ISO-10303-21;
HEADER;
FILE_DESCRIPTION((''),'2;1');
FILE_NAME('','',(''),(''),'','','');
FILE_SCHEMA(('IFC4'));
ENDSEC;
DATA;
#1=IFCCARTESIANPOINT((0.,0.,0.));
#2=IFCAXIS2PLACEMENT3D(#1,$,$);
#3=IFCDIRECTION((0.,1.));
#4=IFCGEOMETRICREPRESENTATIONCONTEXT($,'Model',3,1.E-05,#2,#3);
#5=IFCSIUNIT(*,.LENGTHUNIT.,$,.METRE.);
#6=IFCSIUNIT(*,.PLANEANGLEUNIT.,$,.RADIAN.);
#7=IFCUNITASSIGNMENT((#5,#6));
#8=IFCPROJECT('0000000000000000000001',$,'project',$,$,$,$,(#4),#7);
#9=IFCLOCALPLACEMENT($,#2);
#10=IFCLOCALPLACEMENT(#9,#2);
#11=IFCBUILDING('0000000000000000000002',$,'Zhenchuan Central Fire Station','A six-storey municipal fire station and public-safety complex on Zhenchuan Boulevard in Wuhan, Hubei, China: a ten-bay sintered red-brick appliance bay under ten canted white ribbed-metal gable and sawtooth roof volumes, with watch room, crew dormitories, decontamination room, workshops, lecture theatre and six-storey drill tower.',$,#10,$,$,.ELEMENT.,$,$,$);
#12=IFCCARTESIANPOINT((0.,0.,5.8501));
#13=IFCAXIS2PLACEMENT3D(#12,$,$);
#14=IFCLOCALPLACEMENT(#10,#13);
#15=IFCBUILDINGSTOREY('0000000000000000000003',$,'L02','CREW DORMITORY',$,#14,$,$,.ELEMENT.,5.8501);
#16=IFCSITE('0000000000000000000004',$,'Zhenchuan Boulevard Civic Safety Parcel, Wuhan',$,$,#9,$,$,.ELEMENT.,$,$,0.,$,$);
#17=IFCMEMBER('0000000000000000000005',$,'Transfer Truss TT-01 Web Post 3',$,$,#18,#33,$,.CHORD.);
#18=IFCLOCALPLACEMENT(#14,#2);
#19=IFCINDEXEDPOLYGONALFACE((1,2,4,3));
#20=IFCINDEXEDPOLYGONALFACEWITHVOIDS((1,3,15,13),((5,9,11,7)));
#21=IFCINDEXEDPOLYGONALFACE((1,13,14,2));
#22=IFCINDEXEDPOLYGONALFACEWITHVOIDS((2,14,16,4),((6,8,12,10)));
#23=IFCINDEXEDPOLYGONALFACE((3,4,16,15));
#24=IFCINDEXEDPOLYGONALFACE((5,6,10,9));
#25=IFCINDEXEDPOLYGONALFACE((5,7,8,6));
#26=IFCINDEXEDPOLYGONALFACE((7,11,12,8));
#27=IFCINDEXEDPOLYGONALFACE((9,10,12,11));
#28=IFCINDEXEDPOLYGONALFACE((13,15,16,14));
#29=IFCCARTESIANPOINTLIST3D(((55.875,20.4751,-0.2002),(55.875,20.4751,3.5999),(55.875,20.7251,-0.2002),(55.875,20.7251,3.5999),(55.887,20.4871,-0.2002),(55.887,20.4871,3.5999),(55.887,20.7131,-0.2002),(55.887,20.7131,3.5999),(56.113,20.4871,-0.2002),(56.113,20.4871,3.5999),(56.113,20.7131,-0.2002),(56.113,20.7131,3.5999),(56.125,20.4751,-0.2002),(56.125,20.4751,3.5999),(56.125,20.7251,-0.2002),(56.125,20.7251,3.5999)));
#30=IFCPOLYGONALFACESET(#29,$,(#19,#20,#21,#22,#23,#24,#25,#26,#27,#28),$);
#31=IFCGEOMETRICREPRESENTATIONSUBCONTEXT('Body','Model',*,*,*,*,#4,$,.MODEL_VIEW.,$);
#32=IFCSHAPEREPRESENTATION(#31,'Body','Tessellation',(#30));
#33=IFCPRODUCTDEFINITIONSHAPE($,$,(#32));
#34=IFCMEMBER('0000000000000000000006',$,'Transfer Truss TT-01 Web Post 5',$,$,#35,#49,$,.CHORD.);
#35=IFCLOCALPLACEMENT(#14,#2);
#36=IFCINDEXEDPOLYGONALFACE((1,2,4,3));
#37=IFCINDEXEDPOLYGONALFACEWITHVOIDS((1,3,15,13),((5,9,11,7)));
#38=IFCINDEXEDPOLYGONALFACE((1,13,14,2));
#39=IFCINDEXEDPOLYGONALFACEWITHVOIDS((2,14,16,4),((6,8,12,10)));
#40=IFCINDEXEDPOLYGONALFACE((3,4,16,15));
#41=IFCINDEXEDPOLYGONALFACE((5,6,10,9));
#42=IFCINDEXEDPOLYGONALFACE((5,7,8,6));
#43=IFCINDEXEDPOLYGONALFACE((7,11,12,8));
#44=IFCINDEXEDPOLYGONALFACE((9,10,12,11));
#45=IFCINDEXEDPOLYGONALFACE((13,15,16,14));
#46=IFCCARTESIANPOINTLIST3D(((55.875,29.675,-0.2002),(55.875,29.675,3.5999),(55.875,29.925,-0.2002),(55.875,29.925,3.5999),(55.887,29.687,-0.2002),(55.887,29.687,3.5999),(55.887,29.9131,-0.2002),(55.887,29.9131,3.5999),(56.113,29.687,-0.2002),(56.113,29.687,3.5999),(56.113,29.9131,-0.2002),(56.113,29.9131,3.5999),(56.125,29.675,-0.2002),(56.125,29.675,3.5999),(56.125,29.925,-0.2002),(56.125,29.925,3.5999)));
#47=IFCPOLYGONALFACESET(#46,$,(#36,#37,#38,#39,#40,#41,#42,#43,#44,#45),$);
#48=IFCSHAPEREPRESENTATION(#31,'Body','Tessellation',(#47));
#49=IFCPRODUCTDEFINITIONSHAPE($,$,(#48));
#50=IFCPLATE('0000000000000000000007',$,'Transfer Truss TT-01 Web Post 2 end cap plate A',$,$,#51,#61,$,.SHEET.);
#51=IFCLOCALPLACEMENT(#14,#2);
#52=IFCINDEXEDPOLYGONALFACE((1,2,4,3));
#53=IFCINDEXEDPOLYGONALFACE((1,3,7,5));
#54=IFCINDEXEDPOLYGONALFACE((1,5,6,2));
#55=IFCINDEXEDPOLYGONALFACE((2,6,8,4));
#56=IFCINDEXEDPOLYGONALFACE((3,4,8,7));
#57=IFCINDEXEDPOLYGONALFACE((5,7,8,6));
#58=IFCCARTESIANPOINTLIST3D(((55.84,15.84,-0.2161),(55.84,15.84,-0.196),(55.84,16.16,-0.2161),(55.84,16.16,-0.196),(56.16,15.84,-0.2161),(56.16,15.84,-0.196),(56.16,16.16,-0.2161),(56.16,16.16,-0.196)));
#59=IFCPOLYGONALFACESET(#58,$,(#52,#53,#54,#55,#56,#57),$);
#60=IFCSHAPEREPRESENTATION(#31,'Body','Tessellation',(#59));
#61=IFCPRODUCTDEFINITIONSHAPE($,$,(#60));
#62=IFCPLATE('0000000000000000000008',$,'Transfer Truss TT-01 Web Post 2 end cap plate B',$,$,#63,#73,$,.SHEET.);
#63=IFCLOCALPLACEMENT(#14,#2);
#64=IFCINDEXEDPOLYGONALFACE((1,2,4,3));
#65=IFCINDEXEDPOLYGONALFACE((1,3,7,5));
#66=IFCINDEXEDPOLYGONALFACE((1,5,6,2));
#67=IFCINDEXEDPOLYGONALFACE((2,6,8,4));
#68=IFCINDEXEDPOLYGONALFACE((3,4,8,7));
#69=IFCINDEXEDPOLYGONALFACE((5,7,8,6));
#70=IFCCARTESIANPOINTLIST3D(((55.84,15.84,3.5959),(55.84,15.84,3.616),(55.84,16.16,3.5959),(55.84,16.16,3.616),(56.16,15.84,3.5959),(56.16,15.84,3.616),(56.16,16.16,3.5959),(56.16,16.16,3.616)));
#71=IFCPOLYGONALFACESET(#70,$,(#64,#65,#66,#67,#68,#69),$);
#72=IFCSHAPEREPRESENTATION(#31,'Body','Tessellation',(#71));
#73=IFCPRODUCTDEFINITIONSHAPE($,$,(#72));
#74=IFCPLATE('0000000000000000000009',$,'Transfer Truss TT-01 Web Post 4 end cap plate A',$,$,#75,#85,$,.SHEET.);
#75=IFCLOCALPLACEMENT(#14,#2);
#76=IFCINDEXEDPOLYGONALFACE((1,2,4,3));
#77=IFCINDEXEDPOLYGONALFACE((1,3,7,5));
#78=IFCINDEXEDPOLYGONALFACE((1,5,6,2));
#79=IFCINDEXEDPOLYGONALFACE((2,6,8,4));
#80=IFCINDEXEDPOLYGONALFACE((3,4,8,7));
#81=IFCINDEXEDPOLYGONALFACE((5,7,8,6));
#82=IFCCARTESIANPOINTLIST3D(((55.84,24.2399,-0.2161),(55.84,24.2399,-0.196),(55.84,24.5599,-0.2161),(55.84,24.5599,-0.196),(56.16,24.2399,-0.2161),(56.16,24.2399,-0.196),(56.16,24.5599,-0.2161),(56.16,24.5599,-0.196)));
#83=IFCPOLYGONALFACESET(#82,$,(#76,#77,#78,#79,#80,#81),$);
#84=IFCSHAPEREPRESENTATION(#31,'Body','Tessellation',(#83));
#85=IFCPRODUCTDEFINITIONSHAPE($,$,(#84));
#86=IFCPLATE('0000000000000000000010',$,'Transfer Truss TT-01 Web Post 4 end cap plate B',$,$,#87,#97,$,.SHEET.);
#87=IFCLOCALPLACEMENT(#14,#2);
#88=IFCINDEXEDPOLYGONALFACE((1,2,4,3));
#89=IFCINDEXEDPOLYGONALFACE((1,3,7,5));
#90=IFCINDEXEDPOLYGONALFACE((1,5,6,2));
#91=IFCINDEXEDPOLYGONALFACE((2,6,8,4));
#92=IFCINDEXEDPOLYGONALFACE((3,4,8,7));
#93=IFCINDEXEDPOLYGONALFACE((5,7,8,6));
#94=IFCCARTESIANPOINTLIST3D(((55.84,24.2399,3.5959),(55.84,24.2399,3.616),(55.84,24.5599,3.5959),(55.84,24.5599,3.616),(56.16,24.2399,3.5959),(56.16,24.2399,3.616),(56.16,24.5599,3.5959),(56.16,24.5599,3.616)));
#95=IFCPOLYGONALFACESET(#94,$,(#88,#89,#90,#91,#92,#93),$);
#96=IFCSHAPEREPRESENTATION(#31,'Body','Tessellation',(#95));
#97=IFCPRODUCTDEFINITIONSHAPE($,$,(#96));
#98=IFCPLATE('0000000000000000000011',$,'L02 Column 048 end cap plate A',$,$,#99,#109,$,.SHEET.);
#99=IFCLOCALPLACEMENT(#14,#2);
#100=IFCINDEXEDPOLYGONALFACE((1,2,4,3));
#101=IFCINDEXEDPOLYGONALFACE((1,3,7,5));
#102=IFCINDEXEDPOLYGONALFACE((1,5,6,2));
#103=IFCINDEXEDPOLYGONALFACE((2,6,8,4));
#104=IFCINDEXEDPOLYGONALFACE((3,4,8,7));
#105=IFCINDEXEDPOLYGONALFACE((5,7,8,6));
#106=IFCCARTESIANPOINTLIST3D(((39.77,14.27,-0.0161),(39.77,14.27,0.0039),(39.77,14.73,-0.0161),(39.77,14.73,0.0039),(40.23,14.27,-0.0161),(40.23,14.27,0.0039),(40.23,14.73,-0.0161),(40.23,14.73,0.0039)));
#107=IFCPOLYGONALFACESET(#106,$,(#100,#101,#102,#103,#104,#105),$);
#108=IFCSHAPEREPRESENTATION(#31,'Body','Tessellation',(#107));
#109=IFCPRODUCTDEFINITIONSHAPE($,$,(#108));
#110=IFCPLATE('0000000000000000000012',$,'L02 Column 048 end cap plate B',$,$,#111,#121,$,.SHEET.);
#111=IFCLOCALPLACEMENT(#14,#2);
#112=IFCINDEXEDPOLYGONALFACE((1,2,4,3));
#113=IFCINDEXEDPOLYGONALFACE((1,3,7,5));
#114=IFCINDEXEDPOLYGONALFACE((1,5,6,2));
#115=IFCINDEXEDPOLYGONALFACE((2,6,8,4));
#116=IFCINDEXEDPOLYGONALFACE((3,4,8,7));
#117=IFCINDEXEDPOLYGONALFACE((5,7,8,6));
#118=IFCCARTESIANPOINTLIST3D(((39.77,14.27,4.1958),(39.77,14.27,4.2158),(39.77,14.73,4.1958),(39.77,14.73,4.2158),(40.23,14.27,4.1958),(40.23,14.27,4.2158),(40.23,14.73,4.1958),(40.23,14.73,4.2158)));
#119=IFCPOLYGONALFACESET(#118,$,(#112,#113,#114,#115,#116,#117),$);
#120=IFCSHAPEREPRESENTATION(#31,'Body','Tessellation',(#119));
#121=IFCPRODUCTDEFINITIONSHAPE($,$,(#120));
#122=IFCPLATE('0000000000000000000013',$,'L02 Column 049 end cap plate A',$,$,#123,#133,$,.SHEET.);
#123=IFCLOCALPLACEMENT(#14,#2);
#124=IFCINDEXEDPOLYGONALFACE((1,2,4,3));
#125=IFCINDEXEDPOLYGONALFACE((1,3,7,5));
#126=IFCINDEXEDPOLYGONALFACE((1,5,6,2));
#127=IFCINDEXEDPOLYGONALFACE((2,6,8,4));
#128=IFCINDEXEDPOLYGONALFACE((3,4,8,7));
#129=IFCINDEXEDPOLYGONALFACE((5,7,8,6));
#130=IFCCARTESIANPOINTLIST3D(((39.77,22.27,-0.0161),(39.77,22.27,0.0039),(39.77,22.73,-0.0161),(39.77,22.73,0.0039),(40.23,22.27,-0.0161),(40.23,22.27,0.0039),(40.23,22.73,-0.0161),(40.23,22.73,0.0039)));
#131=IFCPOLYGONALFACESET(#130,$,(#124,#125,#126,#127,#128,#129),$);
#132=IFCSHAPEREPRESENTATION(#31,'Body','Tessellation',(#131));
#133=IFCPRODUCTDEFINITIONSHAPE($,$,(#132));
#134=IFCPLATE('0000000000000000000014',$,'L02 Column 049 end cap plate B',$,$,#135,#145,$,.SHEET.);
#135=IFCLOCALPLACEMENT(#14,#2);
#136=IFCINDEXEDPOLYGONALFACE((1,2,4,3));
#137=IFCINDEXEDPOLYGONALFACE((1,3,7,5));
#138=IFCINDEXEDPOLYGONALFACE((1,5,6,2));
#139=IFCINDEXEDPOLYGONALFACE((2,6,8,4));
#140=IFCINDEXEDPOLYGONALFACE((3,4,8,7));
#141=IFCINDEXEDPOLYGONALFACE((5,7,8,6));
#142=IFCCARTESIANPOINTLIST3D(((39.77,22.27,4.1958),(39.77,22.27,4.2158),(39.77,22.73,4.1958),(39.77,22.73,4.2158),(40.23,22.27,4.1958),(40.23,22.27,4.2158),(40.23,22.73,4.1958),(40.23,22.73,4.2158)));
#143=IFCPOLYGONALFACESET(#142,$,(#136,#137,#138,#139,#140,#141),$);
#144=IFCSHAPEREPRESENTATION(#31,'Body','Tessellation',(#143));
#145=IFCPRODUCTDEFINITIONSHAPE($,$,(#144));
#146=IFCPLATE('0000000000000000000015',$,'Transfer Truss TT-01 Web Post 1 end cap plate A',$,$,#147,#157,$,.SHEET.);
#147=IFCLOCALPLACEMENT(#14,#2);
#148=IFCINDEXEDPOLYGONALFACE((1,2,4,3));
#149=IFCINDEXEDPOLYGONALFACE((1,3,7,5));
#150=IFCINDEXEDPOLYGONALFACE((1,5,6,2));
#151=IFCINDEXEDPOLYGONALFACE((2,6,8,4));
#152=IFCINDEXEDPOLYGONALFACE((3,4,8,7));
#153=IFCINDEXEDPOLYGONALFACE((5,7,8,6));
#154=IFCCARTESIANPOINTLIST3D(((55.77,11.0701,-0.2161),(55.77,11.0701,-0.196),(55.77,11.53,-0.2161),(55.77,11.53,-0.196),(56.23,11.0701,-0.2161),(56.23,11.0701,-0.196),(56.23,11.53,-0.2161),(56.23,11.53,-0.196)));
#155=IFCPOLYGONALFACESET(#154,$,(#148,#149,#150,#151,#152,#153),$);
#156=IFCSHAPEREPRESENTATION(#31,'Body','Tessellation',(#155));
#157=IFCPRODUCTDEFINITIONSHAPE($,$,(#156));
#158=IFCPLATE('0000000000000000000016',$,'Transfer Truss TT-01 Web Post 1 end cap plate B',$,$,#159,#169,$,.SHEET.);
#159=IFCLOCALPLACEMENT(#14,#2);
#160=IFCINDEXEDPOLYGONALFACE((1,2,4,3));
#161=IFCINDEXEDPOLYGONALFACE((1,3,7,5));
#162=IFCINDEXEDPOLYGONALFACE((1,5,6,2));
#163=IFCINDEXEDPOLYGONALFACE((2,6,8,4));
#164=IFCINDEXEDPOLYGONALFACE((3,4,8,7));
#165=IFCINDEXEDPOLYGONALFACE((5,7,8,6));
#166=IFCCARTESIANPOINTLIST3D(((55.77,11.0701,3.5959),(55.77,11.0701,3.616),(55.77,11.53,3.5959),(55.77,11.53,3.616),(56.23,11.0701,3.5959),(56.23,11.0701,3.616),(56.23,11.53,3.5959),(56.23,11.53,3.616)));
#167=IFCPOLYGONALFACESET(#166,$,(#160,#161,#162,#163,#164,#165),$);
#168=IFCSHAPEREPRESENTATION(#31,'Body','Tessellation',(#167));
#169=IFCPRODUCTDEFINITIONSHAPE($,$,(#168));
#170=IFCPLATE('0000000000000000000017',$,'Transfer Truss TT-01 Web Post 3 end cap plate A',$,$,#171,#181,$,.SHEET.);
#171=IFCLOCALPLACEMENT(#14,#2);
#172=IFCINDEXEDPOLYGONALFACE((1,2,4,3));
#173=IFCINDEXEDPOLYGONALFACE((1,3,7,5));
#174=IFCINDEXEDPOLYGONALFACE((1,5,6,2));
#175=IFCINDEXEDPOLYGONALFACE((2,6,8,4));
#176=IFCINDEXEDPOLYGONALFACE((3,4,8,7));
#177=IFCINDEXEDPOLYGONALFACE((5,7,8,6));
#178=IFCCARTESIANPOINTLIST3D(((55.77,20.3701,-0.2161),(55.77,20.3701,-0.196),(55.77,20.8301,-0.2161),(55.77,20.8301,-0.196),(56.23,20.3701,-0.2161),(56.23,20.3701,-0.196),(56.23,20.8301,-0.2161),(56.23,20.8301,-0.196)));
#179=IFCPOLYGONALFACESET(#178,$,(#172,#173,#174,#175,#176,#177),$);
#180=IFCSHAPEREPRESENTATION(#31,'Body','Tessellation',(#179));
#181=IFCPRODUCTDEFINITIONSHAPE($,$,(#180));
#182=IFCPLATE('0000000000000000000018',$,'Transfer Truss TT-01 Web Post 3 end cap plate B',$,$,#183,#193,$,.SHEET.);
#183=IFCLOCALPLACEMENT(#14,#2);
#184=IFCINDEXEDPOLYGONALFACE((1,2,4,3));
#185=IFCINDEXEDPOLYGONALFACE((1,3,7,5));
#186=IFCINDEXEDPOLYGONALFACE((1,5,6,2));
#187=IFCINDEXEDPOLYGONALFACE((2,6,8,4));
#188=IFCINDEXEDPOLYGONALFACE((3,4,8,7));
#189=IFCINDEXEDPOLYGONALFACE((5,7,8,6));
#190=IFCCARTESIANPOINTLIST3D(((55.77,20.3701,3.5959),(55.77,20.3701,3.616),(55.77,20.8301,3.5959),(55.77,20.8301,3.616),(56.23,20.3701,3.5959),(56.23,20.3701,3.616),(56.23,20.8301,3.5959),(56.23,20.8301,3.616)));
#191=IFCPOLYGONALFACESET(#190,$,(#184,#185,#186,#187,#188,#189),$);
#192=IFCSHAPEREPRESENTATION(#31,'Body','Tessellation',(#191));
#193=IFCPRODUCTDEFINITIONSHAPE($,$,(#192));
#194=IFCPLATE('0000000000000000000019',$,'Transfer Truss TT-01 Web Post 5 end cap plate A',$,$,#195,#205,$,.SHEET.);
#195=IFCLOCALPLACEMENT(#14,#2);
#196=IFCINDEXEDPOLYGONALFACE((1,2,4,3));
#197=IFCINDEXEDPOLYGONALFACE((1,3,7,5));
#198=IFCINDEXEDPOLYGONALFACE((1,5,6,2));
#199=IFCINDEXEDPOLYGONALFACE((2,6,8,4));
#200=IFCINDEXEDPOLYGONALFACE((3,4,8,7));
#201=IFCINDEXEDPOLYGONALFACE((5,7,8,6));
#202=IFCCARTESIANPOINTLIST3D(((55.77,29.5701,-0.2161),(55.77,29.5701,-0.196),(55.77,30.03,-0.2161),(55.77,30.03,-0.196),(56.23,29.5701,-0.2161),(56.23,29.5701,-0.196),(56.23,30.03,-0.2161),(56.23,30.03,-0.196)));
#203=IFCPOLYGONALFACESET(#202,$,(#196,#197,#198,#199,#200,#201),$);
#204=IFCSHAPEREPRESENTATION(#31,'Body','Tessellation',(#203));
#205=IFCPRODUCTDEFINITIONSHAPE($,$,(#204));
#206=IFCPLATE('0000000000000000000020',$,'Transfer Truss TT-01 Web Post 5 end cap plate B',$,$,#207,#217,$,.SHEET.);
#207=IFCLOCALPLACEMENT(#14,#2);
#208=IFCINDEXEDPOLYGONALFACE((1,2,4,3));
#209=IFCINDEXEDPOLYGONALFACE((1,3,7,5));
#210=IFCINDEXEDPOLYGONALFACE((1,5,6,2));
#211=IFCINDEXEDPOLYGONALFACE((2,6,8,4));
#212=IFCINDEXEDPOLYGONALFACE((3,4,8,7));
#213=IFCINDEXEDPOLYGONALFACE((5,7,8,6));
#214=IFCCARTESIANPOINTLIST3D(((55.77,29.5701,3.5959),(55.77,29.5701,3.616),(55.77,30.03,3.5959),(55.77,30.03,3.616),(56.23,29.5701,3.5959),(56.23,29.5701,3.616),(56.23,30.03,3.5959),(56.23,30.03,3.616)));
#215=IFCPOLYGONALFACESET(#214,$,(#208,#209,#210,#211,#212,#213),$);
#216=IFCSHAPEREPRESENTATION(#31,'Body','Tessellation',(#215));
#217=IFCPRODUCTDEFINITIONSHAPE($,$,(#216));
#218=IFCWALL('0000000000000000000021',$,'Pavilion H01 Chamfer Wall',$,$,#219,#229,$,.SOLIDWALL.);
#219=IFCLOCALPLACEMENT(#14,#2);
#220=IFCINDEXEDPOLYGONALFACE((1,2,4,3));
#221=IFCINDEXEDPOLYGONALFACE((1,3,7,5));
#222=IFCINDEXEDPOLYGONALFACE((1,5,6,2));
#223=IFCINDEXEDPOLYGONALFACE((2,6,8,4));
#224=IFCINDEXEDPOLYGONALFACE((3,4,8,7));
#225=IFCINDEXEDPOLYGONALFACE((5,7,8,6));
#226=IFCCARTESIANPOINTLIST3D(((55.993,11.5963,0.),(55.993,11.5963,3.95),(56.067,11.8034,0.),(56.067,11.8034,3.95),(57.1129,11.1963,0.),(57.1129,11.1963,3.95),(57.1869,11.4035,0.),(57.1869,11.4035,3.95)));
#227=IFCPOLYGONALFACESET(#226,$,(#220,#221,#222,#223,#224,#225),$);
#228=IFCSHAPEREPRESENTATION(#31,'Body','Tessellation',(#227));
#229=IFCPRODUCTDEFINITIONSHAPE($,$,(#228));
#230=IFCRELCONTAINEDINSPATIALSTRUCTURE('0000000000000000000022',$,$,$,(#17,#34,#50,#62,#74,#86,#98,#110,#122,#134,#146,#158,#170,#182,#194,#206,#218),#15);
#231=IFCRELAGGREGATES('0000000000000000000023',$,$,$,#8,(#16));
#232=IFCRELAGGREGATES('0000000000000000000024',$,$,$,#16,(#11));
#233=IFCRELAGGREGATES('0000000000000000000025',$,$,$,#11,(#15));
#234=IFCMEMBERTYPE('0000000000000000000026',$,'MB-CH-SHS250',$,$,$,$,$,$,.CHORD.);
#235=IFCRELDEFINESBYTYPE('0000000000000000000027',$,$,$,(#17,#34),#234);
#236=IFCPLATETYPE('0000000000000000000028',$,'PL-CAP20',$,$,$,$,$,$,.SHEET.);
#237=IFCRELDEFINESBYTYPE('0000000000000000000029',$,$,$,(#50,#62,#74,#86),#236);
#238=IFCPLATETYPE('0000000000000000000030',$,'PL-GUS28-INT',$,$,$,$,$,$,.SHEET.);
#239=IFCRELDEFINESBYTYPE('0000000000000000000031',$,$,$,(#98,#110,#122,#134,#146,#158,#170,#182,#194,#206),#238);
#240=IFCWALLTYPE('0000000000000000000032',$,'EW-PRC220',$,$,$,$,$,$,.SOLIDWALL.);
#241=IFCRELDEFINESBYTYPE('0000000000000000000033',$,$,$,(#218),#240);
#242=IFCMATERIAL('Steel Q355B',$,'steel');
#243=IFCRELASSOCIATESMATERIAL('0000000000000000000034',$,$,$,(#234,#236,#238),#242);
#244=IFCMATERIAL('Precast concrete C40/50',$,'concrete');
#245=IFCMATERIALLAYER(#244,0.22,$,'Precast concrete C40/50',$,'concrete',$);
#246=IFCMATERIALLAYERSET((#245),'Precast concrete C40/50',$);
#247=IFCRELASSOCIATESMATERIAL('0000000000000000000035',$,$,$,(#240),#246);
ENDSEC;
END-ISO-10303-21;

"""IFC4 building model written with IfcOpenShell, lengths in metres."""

from ifc_helpers import new_model, si_unit, direction, frame, origin, origin_2d, place, context, subcontext, project, spatial, polyline, rectangle, hollow_rectangle, outline, extrude, material, layer, layer_set, material_profile, profile_set, type_object, element, save


model = new_model("IFC4")

# Units and contexts
model_context = context("Model", 3, precision=1e-05, world=origin(), true_north=direction((0.0, 1.0)))
body_context = subcontext(model_context, "Body", "Model", "MODEL_VIEW")
ifc_project = project(units=[si_unit("LENGTHUNIT", "METRE"), si_unit("PLANEANGLEUNIT", "RADIAN")], contexts=[model_context])

# Site, building, storey
site_placement = place(None, origin())
site = spatial("IfcSite", under=ifc_project, at=site_placement, Name="Zhenchuan Boulevard Civic Safety Parcel, Wuhan", CompositionType="ELEMENT", RefElevation=0.0)
building_placement = place(site_placement, origin())
building = spatial("IfcBuilding", under=site, at=building_placement, Name="Zhenchuan Central Fire Station", Description="A six-storey municipal fire station and public-safety complex on Zhenchuan Boulevard in Wuhan, Hubei, China: a ten-bay sintered red-brick appliance bay under ten canted white ribbed-metal gable and sawtooth roof volumes, with watch room, crew dormitories, decontamination room, workshops, lecture theatre and six-storey drill tower.", CompositionType="ELEMENT")
storey_placement = place(building_placement, frame((0.0, 0.0, 5.8501)))
storey = spatial("IfcBuildingStorey", under=building, at=storey_placement, Name="L02", Description="CREW DORMITORY", CompositionType="ELEMENT", Elevation=5.8501)

# Shared definitions
ifc_material_1 = material(Name="Steel Q355B", Category="steel")

# Members
ifc_material_profile_1 = material_profile(ifc_material_1, hollow_rectangle(XDim=0.25, YDim=0.25, WallThickness=0.012, at=origin_2d()), Name="SHS 250x250x12")
ifc_profile_set_1 = profile_set([ifc_material_profile_1], Name="Steel Q355B")
member_type_1 = type_object("IfcMemberType", Name="MB-CH-SHS250", PredefinedType="CHORD", material=ifc_profile_set_1)
for number, where, z_axis, x_axis, name in (
    (1, (56.0, 20.6001, -0.2002), (0.0, 0.0, 1.0), (1.0, 0.0, 0.0), "Transfer Truss TT-01 Web Post 3"),
    (2, (56.0, 29.8, -0.2002), (0.0, 0.0, 1.0), (1.0, 0.0, 0.0), "Transfer Truss TT-01 Web Post 5"),
):
    element("IfcMember", number, at=place(storey_placement, frame(where, z_axis=z_axis, x_axis=x_axis)), inside=storey, type_object=member_type_1, Name=name, PredefinedType="CHORD", context=body_context, shape_type="SweptSolid", body=[
        extrude(hollow_rectangle(XDim=0.25, YDim=0.25, WallThickness=0.012, at=origin_2d()), origin(), (0.0, 0.0, 1.0), 3.8),
    ])

# Plates
ifc_material_profile_2 = material_profile(ifc_material_1, rectangle(XDim=0.3201, YDim=0.3201, at=origin_2d()), Name="PL 320x320x20")
ifc_profile_set_2 = profile_set([ifc_material_profile_2], Name="Steel Q355B")
plate_type_1 = type_object("IfcPlateType", Name="PL-CAP20", PredefinedType="SHEET", material=ifc_profile_set_2)
for number, where, z_axis, x_axis, name in (
    (3, (56.0, 16.0, -0.2161), (0.0, 0.0, 1.0), (1.0, 0.0, 0.0), "Transfer Truss TT-01 Web Post 2 end cap plate A"),
    (4, (56.0, 16.0, 3.5959), (0.0, 0.0, 1.0), (1.0, 0.0, 0.0), "Transfer Truss TT-01 Web Post 2 end cap plate B"),
    (5, (56.0, 24.3999, -0.2161), (0.0, 0.0, 1.0), (1.0, 0.0, 0.0), "Transfer Truss TT-01 Web Post 4 end cap plate A"),
    (6, (56.0, 24.3999, 3.5959), (0.0, 0.0, 1.0), (1.0, 0.0, 0.0), "Transfer Truss TT-01 Web Post 4 end cap plate B"),
):
    element("IfcPlate", number, at=place(storey_placement, frame(where, z_axis=z_axis, x_axis=x_axis)), inside=storey, type_object=plate_type_1, Name=name, PredefinedType="SHEET", context=body_context, shape_type="SweptSolid", body=[
        extrude(rectangle(XDim=0.3201, YDim=0.3201, at=origin_2d()), origin(), (0.0, 0.0, 1.0), 0.02),
    ])
ifc_material_profile_3 = material_profile(ifc_material_1, rectangle(XDim=0.46, YDim=0.46, at=origin_2d()), Name="PL 460x460x28")
ifc_profile_set_3 = profile_set([ifc_material_profile_3], Name="Steel Q355B")
plate_type_2 = type_object("IfcPlateType", Name="PL-GUS28-INT", PredefinedType="SHEET", material=ifc_profile_set_3)
for number, where, z_axis, x_axis, name in (
    (7, (40.0, 14.5, -0.0161), (0.0, 0.0, 1.0), (1.0, 0.0, 0.0), "L02 Column 048 end cap plate A"),
    (8, (40.0, 14.5, 4.1958), (0.0, 0.0, 1.0), (1.0, 0.0, 0.0), "L02 Column 048 end cap plate B"),
    (9, (40.0, 22.5, -0.0161), (0.0, 0.0, 1.0), (1.0, 0.0, 0.0), "L02 Column 049 end cap plate A"),
    (10, (40.0, 22.5, 4.1958), (0.0, 0.0, 1.0), (1.0, 0.0, 0.0), "L02 Column 049 end cap plate B"),
    (11, (56.0, 11.3, -0.2161), (0.0, 0.0, 1.0), (1.0, 0.0, 0.0), "Transfer Truss TT-01 Web Post 1 end cap plate A"),
    (12, (56.0, 11.3, 3.5959), (0.0, 0.0, 1.0), (1.0, 0.0, 0.0), "Transfer Truss TT-01 Web Post 1 end cap plate B"),
    (13, (56.0, 20.6001, -0.2161), (0.0, 0.0, 1.0), (1.0, 0.0, 0.0), "Transfer Truss TT-01 Web Post 3 end cap plate A"),
    (14, (56.0, 20.6001, 3.5959), (0.0, 0.0, 1.0), (1.0, 0.0, 0.0), "Transfer Truss TT-01 Web Post 3 end cap plate B"),
    (15, (56.0, 29.8, -0.2161), (0.0, 0.0, 1.0), (1.0, 0.0, 0.0), "Transfer Truss TT-01 Web Post 5 end cap plate A"),
    (16, (56.0, 29.8, 3.5959), (0.0, 0.0, 1.0), (1.0, 0.0, 0.0), "Transfer Truss TT-01 Web Post 5 end cap plate B"),
):
    element("IfcPlate", number, at=place(storey_placement, frame(where, z_axis=z_axis, x_axis=x_axis)), inside=storey, type_object=plate_type_2, Name=name, PredefinedType="SHEET", context=body_context, shape_type="SweptSolid", body=[
        extrude(rectangle(XDim=0.46, YDim=0.46, at=origin_2d()), origin(), (0.0, 0.0, 1.0), 0.02),
    ])

# Wall
ifc_material_2 = material(Name="Precast concrete C40/50", Category="concrete")
ifc_layer = layer(ifc_material_2, 0.22, Name="Precast concrete C40/50", Category="concrete")
ifc_layer_set = layer_set([ifc_layer], Name="Precast concrete C40/50")
wall_type = type_object("IfcWallType", Name="EW-PRC220", PredefinedType="SOLIDWALL", material=ifc_layer_set)
wall_1_placement = place(storey_placement, frame((56.03, 11.7, 0.0), z_axis=(0.0, 0.0, 1.0), x_axis=(0.941756, -0.336297, 0.0)))
element("IfcWall", 17, at=wall_1_placement, inside=storey, type_object=wall_type, Name="Pavilion H01 Chamfer Wall", PredefinedType="SOLIDWALL", context=body_context, shape_type="SweptSolid", body=[
    extrude(outline(polyline([(0.0, 0.0), (1.1892, 0.0), (1.1892, 3.95), (0.0, 3.95), (0.0, 0.0)])), frame((0.0, 0.1099, 0.0), z_axis=(0.0, -1.0, 0.0), x_axis=(1.0, 0.0, 0.0)), (0.0, 0.0, 1.0), 0.22),
])

save(model, "model.ifc")
